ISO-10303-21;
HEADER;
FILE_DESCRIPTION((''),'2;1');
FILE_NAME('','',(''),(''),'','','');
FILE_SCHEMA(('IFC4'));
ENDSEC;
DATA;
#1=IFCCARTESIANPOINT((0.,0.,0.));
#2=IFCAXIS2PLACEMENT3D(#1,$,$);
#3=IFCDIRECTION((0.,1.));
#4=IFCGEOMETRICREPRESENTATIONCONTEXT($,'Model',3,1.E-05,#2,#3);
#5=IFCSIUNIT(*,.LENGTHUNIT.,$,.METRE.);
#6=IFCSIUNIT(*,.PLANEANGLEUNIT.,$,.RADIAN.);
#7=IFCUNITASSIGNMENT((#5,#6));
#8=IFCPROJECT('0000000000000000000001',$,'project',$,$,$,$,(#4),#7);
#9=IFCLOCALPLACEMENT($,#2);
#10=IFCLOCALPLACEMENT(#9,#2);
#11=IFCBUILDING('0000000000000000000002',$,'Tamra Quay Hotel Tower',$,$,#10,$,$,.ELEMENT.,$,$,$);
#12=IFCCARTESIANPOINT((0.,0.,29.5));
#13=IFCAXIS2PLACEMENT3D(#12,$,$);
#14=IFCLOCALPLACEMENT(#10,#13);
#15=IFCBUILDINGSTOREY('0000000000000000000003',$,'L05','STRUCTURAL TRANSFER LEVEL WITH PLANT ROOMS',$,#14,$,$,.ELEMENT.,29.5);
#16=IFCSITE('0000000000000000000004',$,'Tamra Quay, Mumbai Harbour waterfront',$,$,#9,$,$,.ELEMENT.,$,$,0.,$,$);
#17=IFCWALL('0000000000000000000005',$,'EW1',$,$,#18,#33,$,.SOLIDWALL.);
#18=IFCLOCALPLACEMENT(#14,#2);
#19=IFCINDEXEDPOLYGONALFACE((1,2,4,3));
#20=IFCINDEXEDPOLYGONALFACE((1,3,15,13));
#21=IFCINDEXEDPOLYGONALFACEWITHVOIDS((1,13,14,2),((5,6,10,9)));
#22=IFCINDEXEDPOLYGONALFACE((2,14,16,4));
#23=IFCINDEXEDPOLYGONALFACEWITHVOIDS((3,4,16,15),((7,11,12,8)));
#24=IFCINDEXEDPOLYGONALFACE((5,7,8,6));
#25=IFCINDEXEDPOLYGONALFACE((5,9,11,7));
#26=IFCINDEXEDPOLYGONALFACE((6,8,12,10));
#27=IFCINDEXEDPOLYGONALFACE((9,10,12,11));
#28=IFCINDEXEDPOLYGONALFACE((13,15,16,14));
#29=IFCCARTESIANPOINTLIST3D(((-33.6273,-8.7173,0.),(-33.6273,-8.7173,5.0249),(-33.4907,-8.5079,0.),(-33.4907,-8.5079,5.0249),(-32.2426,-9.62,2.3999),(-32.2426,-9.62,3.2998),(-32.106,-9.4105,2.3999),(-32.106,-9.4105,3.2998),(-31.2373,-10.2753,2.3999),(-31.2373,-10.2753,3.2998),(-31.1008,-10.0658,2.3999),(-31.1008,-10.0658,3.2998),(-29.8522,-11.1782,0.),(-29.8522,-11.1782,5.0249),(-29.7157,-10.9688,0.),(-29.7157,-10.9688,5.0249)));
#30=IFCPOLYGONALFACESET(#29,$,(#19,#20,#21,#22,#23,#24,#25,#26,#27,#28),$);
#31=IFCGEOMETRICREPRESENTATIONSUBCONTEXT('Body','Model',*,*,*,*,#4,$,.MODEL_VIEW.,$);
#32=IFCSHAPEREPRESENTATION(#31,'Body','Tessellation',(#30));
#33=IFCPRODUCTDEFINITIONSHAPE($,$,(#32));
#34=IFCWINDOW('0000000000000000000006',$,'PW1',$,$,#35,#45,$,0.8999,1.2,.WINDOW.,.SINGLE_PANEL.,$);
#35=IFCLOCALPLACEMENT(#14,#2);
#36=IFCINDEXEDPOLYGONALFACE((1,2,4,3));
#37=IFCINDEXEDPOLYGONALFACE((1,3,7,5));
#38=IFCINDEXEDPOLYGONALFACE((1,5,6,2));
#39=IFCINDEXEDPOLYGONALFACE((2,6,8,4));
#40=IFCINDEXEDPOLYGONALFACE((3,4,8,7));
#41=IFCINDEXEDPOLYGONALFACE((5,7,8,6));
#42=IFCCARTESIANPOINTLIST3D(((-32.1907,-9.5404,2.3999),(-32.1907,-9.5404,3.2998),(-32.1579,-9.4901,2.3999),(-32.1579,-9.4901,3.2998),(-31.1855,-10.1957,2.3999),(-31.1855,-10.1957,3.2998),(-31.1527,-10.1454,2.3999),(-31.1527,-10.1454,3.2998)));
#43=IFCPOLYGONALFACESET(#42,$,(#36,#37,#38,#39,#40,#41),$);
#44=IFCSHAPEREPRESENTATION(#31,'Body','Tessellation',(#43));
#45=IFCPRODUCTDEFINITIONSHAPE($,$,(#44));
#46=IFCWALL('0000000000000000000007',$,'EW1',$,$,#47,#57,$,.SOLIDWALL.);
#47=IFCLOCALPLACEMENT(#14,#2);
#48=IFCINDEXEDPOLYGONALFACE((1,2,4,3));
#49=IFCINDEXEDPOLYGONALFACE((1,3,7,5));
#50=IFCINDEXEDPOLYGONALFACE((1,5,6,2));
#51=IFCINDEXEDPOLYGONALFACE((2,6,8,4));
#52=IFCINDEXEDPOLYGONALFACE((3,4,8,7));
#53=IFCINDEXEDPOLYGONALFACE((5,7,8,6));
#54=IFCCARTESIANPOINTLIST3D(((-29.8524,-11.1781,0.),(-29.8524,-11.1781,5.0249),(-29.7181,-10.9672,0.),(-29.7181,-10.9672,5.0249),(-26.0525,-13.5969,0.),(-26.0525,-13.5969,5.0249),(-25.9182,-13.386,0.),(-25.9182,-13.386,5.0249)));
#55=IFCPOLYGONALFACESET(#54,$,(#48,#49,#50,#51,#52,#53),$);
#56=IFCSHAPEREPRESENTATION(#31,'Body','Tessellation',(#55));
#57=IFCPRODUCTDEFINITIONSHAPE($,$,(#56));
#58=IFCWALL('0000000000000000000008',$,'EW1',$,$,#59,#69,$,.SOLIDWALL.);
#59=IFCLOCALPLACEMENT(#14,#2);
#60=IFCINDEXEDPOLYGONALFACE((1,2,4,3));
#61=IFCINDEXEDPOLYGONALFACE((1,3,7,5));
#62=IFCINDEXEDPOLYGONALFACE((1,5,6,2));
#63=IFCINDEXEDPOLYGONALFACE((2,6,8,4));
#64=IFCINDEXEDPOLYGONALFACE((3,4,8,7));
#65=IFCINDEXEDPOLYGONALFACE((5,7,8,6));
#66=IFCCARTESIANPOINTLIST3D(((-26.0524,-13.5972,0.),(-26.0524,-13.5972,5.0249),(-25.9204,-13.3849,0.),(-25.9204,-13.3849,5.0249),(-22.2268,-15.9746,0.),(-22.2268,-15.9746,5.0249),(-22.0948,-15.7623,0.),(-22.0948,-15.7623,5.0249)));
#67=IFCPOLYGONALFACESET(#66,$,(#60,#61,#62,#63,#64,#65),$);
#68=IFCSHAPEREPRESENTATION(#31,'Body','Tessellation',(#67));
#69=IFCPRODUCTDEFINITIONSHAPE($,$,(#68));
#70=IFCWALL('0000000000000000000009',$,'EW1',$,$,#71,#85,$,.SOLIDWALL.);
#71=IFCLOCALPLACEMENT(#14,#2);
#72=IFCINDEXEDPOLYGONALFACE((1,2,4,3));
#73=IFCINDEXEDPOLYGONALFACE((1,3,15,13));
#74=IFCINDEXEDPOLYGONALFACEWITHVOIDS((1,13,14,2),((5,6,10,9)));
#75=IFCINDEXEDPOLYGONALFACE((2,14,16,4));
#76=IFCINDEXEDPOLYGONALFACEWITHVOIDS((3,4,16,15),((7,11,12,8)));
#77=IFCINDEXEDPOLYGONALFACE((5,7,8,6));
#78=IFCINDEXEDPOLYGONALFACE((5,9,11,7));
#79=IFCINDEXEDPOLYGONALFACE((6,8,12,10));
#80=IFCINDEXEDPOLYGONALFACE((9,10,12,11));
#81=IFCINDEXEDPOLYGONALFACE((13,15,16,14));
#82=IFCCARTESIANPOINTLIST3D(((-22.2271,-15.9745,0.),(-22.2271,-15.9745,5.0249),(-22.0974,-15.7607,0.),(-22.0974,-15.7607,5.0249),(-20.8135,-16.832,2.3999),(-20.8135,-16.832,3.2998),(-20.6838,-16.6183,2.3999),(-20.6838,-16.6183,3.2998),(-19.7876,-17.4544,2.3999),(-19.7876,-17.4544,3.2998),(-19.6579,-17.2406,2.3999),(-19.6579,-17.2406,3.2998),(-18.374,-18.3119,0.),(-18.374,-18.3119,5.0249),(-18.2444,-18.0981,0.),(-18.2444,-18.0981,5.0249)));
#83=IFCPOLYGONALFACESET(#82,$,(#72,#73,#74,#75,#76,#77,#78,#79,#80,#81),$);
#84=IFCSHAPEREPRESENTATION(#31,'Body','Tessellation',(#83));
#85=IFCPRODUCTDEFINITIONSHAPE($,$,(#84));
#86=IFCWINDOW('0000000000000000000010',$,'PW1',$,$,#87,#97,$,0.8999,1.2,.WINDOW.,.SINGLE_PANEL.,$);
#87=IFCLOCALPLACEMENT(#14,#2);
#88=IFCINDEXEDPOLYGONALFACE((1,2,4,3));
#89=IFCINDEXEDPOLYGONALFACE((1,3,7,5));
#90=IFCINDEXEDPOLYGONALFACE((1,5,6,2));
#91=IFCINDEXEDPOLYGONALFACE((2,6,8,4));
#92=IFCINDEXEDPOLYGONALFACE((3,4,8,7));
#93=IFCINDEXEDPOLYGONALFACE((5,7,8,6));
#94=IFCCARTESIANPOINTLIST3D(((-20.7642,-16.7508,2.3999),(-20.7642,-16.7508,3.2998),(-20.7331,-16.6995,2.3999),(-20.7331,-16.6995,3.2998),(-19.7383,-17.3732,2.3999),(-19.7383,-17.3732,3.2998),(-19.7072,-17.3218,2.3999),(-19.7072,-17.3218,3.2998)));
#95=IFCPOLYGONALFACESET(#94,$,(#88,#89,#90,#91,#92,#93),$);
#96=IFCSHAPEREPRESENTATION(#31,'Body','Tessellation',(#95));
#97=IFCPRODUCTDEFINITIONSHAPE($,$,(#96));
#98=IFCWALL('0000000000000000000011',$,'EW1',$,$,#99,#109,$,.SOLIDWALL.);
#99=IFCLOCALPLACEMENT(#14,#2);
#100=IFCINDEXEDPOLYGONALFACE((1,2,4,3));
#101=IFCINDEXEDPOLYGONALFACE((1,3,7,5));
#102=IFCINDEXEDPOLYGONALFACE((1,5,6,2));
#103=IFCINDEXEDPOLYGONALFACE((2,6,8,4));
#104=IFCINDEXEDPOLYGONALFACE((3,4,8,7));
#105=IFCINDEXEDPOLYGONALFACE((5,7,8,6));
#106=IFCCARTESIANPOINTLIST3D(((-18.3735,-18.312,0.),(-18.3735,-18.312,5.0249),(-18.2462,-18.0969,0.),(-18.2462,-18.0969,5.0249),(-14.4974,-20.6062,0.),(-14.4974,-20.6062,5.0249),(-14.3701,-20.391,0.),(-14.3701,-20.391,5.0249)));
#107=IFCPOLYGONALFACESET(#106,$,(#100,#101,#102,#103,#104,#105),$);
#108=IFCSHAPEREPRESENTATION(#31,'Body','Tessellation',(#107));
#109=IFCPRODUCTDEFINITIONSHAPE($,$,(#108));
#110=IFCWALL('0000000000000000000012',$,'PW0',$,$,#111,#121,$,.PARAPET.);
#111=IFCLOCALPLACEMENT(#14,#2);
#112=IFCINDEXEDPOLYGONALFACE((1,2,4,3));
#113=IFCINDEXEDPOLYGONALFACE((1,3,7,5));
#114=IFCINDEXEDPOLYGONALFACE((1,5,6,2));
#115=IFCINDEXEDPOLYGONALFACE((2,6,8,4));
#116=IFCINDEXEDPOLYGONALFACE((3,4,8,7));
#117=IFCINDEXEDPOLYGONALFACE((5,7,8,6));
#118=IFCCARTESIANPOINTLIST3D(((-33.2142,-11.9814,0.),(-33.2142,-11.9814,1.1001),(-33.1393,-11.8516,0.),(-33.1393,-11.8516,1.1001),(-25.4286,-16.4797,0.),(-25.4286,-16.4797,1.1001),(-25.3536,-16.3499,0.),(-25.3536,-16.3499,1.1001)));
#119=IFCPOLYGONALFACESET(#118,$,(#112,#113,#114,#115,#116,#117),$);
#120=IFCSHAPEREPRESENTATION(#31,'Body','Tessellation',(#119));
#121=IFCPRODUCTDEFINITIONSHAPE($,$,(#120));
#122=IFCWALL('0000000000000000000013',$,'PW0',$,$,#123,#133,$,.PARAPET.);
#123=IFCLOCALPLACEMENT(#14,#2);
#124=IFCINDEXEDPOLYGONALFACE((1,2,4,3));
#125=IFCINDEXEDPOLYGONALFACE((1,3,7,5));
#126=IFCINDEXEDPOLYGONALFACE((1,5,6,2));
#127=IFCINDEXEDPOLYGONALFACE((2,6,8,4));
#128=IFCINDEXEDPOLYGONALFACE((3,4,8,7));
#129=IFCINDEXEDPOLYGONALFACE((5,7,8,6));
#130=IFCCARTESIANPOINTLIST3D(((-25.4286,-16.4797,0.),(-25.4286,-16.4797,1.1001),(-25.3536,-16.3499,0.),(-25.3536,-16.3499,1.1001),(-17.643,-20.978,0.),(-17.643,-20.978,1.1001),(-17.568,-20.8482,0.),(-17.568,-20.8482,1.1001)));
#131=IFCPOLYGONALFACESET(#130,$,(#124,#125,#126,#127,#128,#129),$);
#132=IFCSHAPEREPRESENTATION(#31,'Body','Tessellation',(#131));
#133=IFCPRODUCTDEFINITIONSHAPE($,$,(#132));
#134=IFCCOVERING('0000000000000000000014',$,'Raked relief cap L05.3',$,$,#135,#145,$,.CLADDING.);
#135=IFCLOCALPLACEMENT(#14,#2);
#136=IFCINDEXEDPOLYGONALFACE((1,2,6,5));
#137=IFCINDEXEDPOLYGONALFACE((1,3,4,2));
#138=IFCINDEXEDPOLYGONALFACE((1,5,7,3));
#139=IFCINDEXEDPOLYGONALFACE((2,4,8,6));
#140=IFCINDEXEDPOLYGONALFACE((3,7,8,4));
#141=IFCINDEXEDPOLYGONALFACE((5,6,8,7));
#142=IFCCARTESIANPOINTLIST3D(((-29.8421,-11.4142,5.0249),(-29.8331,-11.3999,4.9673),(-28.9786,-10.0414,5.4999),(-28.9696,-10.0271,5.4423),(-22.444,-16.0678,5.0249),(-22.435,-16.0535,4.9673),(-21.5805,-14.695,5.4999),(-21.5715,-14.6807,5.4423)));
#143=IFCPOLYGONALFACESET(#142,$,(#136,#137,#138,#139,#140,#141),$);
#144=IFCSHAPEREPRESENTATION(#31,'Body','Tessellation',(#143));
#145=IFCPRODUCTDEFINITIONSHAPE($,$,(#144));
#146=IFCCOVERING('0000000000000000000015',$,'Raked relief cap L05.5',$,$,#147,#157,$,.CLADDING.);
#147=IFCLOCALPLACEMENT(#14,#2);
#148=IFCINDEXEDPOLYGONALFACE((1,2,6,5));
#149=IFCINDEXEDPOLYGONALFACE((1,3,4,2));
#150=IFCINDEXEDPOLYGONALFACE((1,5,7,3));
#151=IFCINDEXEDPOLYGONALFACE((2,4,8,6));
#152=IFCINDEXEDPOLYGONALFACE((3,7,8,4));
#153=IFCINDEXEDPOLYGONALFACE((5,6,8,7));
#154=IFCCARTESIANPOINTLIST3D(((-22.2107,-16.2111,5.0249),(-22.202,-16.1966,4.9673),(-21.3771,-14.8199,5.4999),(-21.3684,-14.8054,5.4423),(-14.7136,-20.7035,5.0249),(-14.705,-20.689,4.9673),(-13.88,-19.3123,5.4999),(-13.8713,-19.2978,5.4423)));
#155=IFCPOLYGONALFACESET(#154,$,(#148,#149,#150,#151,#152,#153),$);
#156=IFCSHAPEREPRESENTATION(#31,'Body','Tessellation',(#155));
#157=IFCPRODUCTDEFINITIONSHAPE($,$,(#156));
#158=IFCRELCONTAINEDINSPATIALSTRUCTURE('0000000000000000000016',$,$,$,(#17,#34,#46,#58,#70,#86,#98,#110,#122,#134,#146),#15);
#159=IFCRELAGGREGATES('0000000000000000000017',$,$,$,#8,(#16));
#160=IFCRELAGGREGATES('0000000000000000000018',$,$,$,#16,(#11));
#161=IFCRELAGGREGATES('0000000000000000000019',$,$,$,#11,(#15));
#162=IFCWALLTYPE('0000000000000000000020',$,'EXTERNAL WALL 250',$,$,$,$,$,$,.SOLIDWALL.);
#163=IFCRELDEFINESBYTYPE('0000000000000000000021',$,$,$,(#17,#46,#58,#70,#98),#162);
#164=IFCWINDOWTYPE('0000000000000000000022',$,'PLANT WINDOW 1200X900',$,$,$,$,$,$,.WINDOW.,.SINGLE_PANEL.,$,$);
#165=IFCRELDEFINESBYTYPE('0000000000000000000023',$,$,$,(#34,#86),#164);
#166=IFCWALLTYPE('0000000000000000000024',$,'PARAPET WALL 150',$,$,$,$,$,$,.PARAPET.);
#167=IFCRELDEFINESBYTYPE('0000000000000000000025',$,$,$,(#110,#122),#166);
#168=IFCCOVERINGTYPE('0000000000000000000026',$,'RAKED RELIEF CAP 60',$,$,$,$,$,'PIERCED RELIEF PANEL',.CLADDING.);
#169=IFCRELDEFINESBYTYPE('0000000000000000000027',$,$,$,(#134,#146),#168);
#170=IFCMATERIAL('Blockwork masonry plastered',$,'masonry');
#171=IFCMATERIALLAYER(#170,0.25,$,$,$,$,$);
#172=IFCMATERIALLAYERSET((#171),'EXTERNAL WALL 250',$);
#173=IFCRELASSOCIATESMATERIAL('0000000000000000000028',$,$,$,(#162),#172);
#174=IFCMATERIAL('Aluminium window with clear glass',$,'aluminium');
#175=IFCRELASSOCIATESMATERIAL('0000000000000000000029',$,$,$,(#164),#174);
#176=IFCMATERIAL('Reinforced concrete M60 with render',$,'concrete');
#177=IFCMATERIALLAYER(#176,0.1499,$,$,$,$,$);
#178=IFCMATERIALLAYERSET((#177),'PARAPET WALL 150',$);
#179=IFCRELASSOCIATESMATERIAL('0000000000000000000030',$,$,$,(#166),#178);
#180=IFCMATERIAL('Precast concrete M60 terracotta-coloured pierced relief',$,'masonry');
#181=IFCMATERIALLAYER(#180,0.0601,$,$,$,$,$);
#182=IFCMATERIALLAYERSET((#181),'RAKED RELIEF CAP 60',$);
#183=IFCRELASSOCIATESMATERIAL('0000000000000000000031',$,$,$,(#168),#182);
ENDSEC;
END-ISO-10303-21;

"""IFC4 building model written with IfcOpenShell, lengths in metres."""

from ifc_helpers import new_model, si_unit, direction, frame, frame_2d, origin, place, context, subcontext, project, spatial, rectangle, extrude, source, transform, mapped, material, layer, layer_set, type_object, element, fill, save


model = new_model("IFC4")

# Units and contexts
model_context = context("Model", 3, precision=1e-05, world=origin(), true_north=direction((0.0, 1.0)))
body_context = subcontext(model_context, "Body", "Model", "MODEL_VIEW")
ifc_project = project(units=[si_unit("LENGTHUNIT", "METRE"), si_unit("PLANEANGLEUNIT", "RADIAN")], contexts=[model_context])

# Site, building, storey
site_placement = place(None, origin())
site = spatial("IfcSite", under=ifc_project, at=site_placement, Name="Tamra Quay, Mumbai Harbour waterfront", CompositionType="ELEMENT", RefElevation=0.0)
building_placement = place(site_placement, origin())
building = spatial("IfcBuilding", under=site, at=building_placement, Name="Tamra Quay Hotel Tower", CompositionType="ELEMENT")
storey_placement = place(building_placement, frame((0.0, 0.0, 29.5)))
storey = spatial("IfcBuildingStorey", under=building, at=storey_placement, Name="L05", Description="STRUCTURAL TRANSFER LEVEL WITH PLANT ROOMS", CompositionType="ELEMENT", Elevation=29.5)

# Wall, opening, window
ifc_material_1 = material(Name="Blockwork masonry plastered", Category="masonry")
ifc_layer_1 = layer(ifc_material_1, 0.25)
ifc_layer_set_1 = layer_set([ifc_layer_1], Name="EXTERNAL WALL 250")
wall_type_1 = type_object("IfcWallType", Name="EXTERNAL WALL 250", PredefinedType="SOLIDWALL", material=ifc_layer_set_1)
wall_1_placement = place(storey_placement, frame((-29.7839, -11.0735, 0.0), z_axis=(0.0, 0.0, 1.0), x_axis=(-0.837724, 0.546094, 0.0)))
wall_1 = element("IfcWall", 1, at=wall_1_placement, inside=storey, type_object=wall_type_1, Name="EW1", PredefinedType="SOLIDWALL", context=body_context, shape_type="SweptSolid", body=[
    extrude(rectangle(XDim=4.5063, YDim=0.25, at=frame_2d((2.2532, 0.0))), origin(), (0.0, 0.0, 1.0), 5.0249),
])
opening_1_placement = place(wall_1_placement, frame((1.6533, 0.0, 2.3999)))
opening_1 = element("IfcOpeningElement", 2, at=opening_1_placement, cuts=wall_1, PredefinedType="OPENING", context=body_context, shape_type="SweptSolid", body=[
    extrude(rectangle(XDim=1.2, YDim=0.8999, at=frame_2d((0.6001, 0.45))), frame((0.0, 0.135, 0.0), z_axis=(0.0, -1.0, 0.0), x_axis=(1.0, 0.0, 0.0)), (0.0, 0.0, 1.0), 0.27),
])
ifc_material_2 = material(Name="Aluminium window with clear glass", Category="aluminium")
window_type = type_object("IfcWindowType", Name="PLANT WINDOW 1200X900", PartitioningType="SINGLE_PANEL", PredefinedType="WINDOW", material=ifc_material_2)
window_1_placement = place(opening_1_placement, origin())
window_1 = element("IfcWindow", 3, at=window_1_placement, inside=storey, type_object=window_type, Name="PW1", OverallHeight=0.8999, OverallWidth=1.2, PartitioningType="SINGLE_PANEL", PredefinedType="WINDOW", context=body_context, shape_type="SweptSolid", body=[
    extrude(rectangle(XDim=1.2, YDim=0.8999, at=frame_2d((0.6001, 0.45))), frame((0.0, 0.03, 0.0), z_axis=(0.0, -1.0, 0.0), x_axis=(1.0, 0.0, 0.0)), (0.0, 0.0, 1.0), 0.0601),
])
fill(opening_1, window_1)

# Walls
wall_2_placement = place(storey_placement, frame((-25.9854, -13.4915, 0.0), z_axis=(0.0, 0.0, 1.0), x_axis=(-0.843597, 0.536977, 0.0)))
element("IfcWall", 4, at=wall_2_placement, inside=storey, type_object=wall_type_1, Name="EW1", PredefinedType="SOLIDWALL", context=body_context, shape_type="SweptSolid", body=[
    extrude(rectangle(XDim=4.5044, YDim=0.25, at=frame_2d((2.2522, 0.0))), origin(), (0.0, 0.0, 1.0), 5.0249),
])
wall_3_placement = place(storey_placement, frame((-22.1609, -15.8684, 0.0), z_axis=(0.0, 0.0, 1.0), x_axis=(-0.849354, 0.527824, 0.0)))
element("IfcWall", 5, at=wall_3_placement, inside=storey, type_object=wall_type_1, Name="EW1", PredefinedType="SOLIDWALL", context=body_context, shape_type="SweptSolid", body=[
    extrude(rectangle(XDim=4.5042, YDim=0.25, at=frame_2d((2.252, 0.0))), origin(), (0.0, 0.0, 1.0), 5.0249),
])

# Wall, opening, window
wall_4_placement = place(storey_placement, frame((-18.3091, -18.2051, 0.0), z_axis=(0.0, 0.0, 1.0), x_axis=(-0.854978, 0.518664, 0.0)))
wall_4 = element("IfcWall", 6, at=wall_4_placement, inside=storey, type_object=wall_type_1, Name="EW1", PredefinedType="SOLIDWALL", context=body_context, shape_type="SweptSolid", body=[
    extrude(rectangle(XDim=4.5066, YDim=0.25, at=frame_2d((2.2534, 0.0))), origin(), (0.0, 0.0, 1.0), 5.0249),
])
opening_2_placement = place(wall_4_placement, frame((1.6533, 0.0, 2.3999)))
opening_2 = element("IfcOpeningElement", 7, at=opening_2_placement, cuts=wall_4, PredefinedType="OPENING", context=body_context, shape_type="SweptSolid", body=[
    extrude(rectangle(XDim=1.2, YDim=0.8999, at=frame_2d((0.6001, 0.45))), frame((0.0, 0.135, 0.0), z_axis=(0.0, -1.0, 0.0), x_axis=(1.0, 0.0, 0.0)), (0.0, 0.0, 1.0), 0.27),
])
window_2_placement = place(opening_2_placement, origin())
window_2 = element("IfcWindow", 8, at=window_2_placement, inside=storey, type_object=window_type, Name="PW1", OverallHeight=0.8999, OverallWidth=1.2, PartitioningType="SINGLE_PANEL", PredefinedType="WINDOW", context=body_context, shape_type="SweptSolid", body=[
    extrude(rectangle(XDim=1.2, YDim=0.8999, at=frame_2d((0.6001, 0.45))), frame((0.0, 0.03, 0.0), z_axis=(0.0, -1.0, 0.0), x_axis=(1.0, 0.0, 0.0)), (0.0, 0.0, 1.0), 0.0601),
])
fill(opening_2, window_2)

# Walls
wall_5_placement = place(storey_placement, frame((-14.4338, -20.4985, 0.0), z_axis=(0.0, 0.0, 1.0), x_axis=(-0.860567, 0.509337, 0.0)))
element("IfcWall", 9, at=wall_5_placement, inside=storey, type_object=wall_type_1, Name="EW1", PredefinedType="SOLIDWALL", context=body_context, shape_type="SweptSolid", body=[
    extrude(rectangle(XDim=4.5042, YDim=0.25, at=frame_2d((2.252, 0.0))), origin(), (0.0, 0.0, 1.0), 5.0249),
])
ifc_material_3 = material(Name="Reinforced concrete M60 with render", Category="concrete")
ifc_layer_2 = layer(ifc_material_3, 0.1499)
ifc_layer_set_2 = layer_set([ifc_layer_2], Name="PARAPET WALL 150")
wall_type_2 = type_object("IfcWallType", Name="PARAPET WALL 150", PredefinedType="PARAPET", material=ifc_layer_set_2)
for number, where, z_axis, x_axis, name in (
    (10, (-25.3911, -16.4148, 0.0), (0.0, 0.0, 1.0), (-0.865869, 0.500271, 0.0), "PW0"),
    (11, (-17.6055, -20.9131, 0.0), (0.0, 0.0, 1.0), (-0.865869, 0.500271, 0.0), "PW0"),
):
    element("IfcWall", number, at=place(storey_placement, frame(where, z_axis=z_axis, x_axis=x_axis)), inside=storey, type_object=wall_type_2, Name=name, PredefinedType="PARAPET", context=body_context, shape_type="SweptSolid", body=[
        extrude(rectangle(XDim=8.9917, YDim=0.1499, at=frame_2d((4.4958, 0.0))), origin(), (0.0, 0.0, 1.0), 1.1001),
    ])

# Coverings
ifc_material_4 = material(Name="Precast concrete M60 terracotta-coloured pierced relief", Category="masonry")
ifc_layer_3 = layer(ifc_material_4, 0.0601)
ifc_layer_set_3 = layer_set([ifc_layer_3], Name="RAKED RELIEF CAP 60")
covering_type_1 = type_object("IfcCoveringType", Name="RAKED RELIEF CAP 60", ElementType="PIERCED RELIEF PANEL", PredefinedType="CLADDING", material=ifc_layer_set_3)
shared_shape_1 = source(origin(), body_context, "Body", "SweptSolid", [
    extrude(rectangle(XDim=8.74, YDim=1.6899, at=frame_2d((4.3701, 0.845))), frame((-4.3701, 0.0, -0.0601)), (0.0, 0.0, 1.0), 0.0601),
])
for number, where, z_axis, x_axis, name in (
    (12, (-26.1431, -13.741, 5.0249), (-0.149672, -0.237943, 0.959678), (0.846464, -0.532447, 0.0), "Raked relief cap L05.3"),
    (13, (-18.4622, -18.4573, 5.0249), (-0.144488, -0.241126, 0.959678), (0.857787, -0.514005, 0.0), "Raked relief cap L05.5"),
):
    element("IfcCovering", number, at=place(storey_placement, frame(where, z_axis=z_axis, x_axis=x_axis)), inside=storey, type_object=covering_type_1, Name=name, PredefinedType="CLADDING", context=body_context, shape_type="MappedRepresentation", body=[
        mapped(shared_shape_1, transform((0.0, 0.0, 0.0), scale=1.0)),
    ])

save(model, "model.ifc")
